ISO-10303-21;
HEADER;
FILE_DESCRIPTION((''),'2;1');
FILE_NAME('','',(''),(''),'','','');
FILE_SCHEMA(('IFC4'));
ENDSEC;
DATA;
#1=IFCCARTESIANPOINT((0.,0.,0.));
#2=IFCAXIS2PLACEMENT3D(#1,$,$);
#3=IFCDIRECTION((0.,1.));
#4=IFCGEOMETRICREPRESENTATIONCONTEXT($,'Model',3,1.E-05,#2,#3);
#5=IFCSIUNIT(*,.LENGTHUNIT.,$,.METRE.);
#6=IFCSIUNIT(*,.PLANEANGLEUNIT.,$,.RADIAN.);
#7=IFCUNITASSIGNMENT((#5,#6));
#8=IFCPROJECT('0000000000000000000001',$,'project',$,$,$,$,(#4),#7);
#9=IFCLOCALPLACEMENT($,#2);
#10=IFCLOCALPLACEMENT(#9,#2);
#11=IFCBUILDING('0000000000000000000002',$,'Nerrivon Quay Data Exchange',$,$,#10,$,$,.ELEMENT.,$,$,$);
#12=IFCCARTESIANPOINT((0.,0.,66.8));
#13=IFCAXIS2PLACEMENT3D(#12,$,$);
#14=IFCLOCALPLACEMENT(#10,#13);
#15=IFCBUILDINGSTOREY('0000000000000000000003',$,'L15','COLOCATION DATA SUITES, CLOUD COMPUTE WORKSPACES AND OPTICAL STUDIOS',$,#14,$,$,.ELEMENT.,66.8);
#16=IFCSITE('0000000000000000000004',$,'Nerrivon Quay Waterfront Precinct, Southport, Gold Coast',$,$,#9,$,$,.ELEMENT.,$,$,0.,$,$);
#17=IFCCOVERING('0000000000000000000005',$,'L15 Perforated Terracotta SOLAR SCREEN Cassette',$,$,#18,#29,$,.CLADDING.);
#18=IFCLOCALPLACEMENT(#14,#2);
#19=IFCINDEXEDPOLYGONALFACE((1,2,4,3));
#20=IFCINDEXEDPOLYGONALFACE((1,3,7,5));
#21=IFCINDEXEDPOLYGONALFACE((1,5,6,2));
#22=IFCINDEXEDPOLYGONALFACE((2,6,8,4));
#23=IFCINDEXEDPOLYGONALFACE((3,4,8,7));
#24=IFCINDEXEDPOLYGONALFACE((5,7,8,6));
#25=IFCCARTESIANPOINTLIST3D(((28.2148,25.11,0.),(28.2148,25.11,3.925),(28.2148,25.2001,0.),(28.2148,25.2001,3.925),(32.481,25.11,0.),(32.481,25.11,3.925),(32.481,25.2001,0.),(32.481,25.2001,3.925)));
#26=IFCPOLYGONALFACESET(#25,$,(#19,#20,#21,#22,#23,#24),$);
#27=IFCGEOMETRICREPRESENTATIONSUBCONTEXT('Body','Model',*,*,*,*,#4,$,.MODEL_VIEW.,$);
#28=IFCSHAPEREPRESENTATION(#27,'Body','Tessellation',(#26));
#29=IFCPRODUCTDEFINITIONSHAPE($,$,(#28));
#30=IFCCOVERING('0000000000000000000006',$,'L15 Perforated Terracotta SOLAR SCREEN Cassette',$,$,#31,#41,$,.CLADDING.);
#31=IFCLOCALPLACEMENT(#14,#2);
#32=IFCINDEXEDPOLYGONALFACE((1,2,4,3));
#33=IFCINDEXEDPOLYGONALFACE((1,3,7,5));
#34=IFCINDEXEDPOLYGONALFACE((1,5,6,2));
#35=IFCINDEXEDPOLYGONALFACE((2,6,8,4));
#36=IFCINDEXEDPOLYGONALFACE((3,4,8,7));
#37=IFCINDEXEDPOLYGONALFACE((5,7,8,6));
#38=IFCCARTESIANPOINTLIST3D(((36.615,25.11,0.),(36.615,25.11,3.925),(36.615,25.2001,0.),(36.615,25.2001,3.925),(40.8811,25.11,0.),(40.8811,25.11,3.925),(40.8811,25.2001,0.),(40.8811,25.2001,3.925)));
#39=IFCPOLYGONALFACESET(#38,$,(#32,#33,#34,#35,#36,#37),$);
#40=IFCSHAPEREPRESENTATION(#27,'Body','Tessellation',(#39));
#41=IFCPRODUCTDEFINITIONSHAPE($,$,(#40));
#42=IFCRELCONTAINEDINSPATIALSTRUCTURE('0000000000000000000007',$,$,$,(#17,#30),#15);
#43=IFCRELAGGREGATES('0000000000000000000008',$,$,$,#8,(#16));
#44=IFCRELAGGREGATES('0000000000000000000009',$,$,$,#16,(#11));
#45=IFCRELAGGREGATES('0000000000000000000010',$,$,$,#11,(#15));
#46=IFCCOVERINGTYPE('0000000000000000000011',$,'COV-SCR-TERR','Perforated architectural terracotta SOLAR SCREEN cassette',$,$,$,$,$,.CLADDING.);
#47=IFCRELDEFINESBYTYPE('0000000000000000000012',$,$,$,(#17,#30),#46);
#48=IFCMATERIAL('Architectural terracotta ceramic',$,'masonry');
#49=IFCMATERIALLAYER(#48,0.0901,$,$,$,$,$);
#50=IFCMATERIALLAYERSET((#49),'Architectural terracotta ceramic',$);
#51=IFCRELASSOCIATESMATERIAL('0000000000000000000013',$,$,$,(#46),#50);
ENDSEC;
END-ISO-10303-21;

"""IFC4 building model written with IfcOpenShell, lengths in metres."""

from ifc_helpers import new_model, si_unit, direction, frame, origin, origin_2d, place, context, subcontext, project, spatial, rectangle, extrude, material, layer, layer_set, type_object, element, save


model = new_model("IFC4")

# Units and contexts
model_context = context("Model", 3, precision=1e-05, world=origin(), true_north=direction((0.0, 1.0)))
body_context = subcontext(model_context, "Body", "Model", "MODEL_VIEW")
ifc_project = project(units=[si_unit("LENGTHUNIT", "METRE"), si_unit("PLANEANGLEUNIT", "RADIAN")], contexts=[model_context])

# Site, building, storey
site_placement = place(None, origin())
site = spatial("IfcSite", under=ifc_project, at=site_placement, Name="Nerrivon Quay Waterfront Precinct, Southport, Gold Coast", CompositionType="ELEMENT", RefElevation=0.0)
building_placement = place(site_placement, origin())
building = spatial("IfcBuilding", under=site, at=building_placement, Name="Nerrivon Quay Data Exchange", CompositionType="ELEMENT")
storey_placement = place(building_placement, frame((0.0, 0.0, 66.8)))
storey = spatial("IfcBuildingStorey", under=building, at=storey_placement, Name="L15", Description="COLOCATION DATA SUITES, CLOUD COMPUTE WORKSPACES AND OPTICAL STUDIOS", CompositionType="ELEMENT", Elevation=66.8)

# Coverings
ifc_material_1 = material(Name="Architectural terracotta ceramic", Category="masonry")
ifc_layer_1 = layer(ifc_material_1, 0.0901)
ifc_layer_set_1 = layer_set([ifc_layer_1], Name="Architectural terracotta ceramic")
covering_type = type_object("IfcCoveringType", Name="COV-SCR-TERR", Description="Perforated architectural terracotta SOLAR SCREEN cassette", PredefinedType="CLADDING", material=ifc_layer_set_1)
for number, where, z_axis, x_axis, name in (
    (1, (30.3479, 25.155, 0.0), (0.0, 0.0, 1.0), (1.0, 0.0, 0.0), "L15 Perforated Terracotta SOLAR SCREEN Cassette"),
    (2, (38.748, 25.155, 0.0), (0.0, 0.0, 1.0), (1.0, 0.0, 0.0), "L15 Perforated Terracotta SOLAR SCREEN Cassette"),
):
    element("IfcCovering", number, at=place(storey_placement, frame(where, z_axis=z_axis, x_axis=x_axis)), inside=storey, type_object=covering_type, Name=name, PredefinedType="CLADDING", context=body_context, shape_type="SweptSolid", body=[
        extrude(rectangle(XDim=4.2661, YDim=0.0901, at=origin_2d()), origin(), (0.0, 0.0, 1.0), 3.925),
    ])

save(model, "model.ifc")
